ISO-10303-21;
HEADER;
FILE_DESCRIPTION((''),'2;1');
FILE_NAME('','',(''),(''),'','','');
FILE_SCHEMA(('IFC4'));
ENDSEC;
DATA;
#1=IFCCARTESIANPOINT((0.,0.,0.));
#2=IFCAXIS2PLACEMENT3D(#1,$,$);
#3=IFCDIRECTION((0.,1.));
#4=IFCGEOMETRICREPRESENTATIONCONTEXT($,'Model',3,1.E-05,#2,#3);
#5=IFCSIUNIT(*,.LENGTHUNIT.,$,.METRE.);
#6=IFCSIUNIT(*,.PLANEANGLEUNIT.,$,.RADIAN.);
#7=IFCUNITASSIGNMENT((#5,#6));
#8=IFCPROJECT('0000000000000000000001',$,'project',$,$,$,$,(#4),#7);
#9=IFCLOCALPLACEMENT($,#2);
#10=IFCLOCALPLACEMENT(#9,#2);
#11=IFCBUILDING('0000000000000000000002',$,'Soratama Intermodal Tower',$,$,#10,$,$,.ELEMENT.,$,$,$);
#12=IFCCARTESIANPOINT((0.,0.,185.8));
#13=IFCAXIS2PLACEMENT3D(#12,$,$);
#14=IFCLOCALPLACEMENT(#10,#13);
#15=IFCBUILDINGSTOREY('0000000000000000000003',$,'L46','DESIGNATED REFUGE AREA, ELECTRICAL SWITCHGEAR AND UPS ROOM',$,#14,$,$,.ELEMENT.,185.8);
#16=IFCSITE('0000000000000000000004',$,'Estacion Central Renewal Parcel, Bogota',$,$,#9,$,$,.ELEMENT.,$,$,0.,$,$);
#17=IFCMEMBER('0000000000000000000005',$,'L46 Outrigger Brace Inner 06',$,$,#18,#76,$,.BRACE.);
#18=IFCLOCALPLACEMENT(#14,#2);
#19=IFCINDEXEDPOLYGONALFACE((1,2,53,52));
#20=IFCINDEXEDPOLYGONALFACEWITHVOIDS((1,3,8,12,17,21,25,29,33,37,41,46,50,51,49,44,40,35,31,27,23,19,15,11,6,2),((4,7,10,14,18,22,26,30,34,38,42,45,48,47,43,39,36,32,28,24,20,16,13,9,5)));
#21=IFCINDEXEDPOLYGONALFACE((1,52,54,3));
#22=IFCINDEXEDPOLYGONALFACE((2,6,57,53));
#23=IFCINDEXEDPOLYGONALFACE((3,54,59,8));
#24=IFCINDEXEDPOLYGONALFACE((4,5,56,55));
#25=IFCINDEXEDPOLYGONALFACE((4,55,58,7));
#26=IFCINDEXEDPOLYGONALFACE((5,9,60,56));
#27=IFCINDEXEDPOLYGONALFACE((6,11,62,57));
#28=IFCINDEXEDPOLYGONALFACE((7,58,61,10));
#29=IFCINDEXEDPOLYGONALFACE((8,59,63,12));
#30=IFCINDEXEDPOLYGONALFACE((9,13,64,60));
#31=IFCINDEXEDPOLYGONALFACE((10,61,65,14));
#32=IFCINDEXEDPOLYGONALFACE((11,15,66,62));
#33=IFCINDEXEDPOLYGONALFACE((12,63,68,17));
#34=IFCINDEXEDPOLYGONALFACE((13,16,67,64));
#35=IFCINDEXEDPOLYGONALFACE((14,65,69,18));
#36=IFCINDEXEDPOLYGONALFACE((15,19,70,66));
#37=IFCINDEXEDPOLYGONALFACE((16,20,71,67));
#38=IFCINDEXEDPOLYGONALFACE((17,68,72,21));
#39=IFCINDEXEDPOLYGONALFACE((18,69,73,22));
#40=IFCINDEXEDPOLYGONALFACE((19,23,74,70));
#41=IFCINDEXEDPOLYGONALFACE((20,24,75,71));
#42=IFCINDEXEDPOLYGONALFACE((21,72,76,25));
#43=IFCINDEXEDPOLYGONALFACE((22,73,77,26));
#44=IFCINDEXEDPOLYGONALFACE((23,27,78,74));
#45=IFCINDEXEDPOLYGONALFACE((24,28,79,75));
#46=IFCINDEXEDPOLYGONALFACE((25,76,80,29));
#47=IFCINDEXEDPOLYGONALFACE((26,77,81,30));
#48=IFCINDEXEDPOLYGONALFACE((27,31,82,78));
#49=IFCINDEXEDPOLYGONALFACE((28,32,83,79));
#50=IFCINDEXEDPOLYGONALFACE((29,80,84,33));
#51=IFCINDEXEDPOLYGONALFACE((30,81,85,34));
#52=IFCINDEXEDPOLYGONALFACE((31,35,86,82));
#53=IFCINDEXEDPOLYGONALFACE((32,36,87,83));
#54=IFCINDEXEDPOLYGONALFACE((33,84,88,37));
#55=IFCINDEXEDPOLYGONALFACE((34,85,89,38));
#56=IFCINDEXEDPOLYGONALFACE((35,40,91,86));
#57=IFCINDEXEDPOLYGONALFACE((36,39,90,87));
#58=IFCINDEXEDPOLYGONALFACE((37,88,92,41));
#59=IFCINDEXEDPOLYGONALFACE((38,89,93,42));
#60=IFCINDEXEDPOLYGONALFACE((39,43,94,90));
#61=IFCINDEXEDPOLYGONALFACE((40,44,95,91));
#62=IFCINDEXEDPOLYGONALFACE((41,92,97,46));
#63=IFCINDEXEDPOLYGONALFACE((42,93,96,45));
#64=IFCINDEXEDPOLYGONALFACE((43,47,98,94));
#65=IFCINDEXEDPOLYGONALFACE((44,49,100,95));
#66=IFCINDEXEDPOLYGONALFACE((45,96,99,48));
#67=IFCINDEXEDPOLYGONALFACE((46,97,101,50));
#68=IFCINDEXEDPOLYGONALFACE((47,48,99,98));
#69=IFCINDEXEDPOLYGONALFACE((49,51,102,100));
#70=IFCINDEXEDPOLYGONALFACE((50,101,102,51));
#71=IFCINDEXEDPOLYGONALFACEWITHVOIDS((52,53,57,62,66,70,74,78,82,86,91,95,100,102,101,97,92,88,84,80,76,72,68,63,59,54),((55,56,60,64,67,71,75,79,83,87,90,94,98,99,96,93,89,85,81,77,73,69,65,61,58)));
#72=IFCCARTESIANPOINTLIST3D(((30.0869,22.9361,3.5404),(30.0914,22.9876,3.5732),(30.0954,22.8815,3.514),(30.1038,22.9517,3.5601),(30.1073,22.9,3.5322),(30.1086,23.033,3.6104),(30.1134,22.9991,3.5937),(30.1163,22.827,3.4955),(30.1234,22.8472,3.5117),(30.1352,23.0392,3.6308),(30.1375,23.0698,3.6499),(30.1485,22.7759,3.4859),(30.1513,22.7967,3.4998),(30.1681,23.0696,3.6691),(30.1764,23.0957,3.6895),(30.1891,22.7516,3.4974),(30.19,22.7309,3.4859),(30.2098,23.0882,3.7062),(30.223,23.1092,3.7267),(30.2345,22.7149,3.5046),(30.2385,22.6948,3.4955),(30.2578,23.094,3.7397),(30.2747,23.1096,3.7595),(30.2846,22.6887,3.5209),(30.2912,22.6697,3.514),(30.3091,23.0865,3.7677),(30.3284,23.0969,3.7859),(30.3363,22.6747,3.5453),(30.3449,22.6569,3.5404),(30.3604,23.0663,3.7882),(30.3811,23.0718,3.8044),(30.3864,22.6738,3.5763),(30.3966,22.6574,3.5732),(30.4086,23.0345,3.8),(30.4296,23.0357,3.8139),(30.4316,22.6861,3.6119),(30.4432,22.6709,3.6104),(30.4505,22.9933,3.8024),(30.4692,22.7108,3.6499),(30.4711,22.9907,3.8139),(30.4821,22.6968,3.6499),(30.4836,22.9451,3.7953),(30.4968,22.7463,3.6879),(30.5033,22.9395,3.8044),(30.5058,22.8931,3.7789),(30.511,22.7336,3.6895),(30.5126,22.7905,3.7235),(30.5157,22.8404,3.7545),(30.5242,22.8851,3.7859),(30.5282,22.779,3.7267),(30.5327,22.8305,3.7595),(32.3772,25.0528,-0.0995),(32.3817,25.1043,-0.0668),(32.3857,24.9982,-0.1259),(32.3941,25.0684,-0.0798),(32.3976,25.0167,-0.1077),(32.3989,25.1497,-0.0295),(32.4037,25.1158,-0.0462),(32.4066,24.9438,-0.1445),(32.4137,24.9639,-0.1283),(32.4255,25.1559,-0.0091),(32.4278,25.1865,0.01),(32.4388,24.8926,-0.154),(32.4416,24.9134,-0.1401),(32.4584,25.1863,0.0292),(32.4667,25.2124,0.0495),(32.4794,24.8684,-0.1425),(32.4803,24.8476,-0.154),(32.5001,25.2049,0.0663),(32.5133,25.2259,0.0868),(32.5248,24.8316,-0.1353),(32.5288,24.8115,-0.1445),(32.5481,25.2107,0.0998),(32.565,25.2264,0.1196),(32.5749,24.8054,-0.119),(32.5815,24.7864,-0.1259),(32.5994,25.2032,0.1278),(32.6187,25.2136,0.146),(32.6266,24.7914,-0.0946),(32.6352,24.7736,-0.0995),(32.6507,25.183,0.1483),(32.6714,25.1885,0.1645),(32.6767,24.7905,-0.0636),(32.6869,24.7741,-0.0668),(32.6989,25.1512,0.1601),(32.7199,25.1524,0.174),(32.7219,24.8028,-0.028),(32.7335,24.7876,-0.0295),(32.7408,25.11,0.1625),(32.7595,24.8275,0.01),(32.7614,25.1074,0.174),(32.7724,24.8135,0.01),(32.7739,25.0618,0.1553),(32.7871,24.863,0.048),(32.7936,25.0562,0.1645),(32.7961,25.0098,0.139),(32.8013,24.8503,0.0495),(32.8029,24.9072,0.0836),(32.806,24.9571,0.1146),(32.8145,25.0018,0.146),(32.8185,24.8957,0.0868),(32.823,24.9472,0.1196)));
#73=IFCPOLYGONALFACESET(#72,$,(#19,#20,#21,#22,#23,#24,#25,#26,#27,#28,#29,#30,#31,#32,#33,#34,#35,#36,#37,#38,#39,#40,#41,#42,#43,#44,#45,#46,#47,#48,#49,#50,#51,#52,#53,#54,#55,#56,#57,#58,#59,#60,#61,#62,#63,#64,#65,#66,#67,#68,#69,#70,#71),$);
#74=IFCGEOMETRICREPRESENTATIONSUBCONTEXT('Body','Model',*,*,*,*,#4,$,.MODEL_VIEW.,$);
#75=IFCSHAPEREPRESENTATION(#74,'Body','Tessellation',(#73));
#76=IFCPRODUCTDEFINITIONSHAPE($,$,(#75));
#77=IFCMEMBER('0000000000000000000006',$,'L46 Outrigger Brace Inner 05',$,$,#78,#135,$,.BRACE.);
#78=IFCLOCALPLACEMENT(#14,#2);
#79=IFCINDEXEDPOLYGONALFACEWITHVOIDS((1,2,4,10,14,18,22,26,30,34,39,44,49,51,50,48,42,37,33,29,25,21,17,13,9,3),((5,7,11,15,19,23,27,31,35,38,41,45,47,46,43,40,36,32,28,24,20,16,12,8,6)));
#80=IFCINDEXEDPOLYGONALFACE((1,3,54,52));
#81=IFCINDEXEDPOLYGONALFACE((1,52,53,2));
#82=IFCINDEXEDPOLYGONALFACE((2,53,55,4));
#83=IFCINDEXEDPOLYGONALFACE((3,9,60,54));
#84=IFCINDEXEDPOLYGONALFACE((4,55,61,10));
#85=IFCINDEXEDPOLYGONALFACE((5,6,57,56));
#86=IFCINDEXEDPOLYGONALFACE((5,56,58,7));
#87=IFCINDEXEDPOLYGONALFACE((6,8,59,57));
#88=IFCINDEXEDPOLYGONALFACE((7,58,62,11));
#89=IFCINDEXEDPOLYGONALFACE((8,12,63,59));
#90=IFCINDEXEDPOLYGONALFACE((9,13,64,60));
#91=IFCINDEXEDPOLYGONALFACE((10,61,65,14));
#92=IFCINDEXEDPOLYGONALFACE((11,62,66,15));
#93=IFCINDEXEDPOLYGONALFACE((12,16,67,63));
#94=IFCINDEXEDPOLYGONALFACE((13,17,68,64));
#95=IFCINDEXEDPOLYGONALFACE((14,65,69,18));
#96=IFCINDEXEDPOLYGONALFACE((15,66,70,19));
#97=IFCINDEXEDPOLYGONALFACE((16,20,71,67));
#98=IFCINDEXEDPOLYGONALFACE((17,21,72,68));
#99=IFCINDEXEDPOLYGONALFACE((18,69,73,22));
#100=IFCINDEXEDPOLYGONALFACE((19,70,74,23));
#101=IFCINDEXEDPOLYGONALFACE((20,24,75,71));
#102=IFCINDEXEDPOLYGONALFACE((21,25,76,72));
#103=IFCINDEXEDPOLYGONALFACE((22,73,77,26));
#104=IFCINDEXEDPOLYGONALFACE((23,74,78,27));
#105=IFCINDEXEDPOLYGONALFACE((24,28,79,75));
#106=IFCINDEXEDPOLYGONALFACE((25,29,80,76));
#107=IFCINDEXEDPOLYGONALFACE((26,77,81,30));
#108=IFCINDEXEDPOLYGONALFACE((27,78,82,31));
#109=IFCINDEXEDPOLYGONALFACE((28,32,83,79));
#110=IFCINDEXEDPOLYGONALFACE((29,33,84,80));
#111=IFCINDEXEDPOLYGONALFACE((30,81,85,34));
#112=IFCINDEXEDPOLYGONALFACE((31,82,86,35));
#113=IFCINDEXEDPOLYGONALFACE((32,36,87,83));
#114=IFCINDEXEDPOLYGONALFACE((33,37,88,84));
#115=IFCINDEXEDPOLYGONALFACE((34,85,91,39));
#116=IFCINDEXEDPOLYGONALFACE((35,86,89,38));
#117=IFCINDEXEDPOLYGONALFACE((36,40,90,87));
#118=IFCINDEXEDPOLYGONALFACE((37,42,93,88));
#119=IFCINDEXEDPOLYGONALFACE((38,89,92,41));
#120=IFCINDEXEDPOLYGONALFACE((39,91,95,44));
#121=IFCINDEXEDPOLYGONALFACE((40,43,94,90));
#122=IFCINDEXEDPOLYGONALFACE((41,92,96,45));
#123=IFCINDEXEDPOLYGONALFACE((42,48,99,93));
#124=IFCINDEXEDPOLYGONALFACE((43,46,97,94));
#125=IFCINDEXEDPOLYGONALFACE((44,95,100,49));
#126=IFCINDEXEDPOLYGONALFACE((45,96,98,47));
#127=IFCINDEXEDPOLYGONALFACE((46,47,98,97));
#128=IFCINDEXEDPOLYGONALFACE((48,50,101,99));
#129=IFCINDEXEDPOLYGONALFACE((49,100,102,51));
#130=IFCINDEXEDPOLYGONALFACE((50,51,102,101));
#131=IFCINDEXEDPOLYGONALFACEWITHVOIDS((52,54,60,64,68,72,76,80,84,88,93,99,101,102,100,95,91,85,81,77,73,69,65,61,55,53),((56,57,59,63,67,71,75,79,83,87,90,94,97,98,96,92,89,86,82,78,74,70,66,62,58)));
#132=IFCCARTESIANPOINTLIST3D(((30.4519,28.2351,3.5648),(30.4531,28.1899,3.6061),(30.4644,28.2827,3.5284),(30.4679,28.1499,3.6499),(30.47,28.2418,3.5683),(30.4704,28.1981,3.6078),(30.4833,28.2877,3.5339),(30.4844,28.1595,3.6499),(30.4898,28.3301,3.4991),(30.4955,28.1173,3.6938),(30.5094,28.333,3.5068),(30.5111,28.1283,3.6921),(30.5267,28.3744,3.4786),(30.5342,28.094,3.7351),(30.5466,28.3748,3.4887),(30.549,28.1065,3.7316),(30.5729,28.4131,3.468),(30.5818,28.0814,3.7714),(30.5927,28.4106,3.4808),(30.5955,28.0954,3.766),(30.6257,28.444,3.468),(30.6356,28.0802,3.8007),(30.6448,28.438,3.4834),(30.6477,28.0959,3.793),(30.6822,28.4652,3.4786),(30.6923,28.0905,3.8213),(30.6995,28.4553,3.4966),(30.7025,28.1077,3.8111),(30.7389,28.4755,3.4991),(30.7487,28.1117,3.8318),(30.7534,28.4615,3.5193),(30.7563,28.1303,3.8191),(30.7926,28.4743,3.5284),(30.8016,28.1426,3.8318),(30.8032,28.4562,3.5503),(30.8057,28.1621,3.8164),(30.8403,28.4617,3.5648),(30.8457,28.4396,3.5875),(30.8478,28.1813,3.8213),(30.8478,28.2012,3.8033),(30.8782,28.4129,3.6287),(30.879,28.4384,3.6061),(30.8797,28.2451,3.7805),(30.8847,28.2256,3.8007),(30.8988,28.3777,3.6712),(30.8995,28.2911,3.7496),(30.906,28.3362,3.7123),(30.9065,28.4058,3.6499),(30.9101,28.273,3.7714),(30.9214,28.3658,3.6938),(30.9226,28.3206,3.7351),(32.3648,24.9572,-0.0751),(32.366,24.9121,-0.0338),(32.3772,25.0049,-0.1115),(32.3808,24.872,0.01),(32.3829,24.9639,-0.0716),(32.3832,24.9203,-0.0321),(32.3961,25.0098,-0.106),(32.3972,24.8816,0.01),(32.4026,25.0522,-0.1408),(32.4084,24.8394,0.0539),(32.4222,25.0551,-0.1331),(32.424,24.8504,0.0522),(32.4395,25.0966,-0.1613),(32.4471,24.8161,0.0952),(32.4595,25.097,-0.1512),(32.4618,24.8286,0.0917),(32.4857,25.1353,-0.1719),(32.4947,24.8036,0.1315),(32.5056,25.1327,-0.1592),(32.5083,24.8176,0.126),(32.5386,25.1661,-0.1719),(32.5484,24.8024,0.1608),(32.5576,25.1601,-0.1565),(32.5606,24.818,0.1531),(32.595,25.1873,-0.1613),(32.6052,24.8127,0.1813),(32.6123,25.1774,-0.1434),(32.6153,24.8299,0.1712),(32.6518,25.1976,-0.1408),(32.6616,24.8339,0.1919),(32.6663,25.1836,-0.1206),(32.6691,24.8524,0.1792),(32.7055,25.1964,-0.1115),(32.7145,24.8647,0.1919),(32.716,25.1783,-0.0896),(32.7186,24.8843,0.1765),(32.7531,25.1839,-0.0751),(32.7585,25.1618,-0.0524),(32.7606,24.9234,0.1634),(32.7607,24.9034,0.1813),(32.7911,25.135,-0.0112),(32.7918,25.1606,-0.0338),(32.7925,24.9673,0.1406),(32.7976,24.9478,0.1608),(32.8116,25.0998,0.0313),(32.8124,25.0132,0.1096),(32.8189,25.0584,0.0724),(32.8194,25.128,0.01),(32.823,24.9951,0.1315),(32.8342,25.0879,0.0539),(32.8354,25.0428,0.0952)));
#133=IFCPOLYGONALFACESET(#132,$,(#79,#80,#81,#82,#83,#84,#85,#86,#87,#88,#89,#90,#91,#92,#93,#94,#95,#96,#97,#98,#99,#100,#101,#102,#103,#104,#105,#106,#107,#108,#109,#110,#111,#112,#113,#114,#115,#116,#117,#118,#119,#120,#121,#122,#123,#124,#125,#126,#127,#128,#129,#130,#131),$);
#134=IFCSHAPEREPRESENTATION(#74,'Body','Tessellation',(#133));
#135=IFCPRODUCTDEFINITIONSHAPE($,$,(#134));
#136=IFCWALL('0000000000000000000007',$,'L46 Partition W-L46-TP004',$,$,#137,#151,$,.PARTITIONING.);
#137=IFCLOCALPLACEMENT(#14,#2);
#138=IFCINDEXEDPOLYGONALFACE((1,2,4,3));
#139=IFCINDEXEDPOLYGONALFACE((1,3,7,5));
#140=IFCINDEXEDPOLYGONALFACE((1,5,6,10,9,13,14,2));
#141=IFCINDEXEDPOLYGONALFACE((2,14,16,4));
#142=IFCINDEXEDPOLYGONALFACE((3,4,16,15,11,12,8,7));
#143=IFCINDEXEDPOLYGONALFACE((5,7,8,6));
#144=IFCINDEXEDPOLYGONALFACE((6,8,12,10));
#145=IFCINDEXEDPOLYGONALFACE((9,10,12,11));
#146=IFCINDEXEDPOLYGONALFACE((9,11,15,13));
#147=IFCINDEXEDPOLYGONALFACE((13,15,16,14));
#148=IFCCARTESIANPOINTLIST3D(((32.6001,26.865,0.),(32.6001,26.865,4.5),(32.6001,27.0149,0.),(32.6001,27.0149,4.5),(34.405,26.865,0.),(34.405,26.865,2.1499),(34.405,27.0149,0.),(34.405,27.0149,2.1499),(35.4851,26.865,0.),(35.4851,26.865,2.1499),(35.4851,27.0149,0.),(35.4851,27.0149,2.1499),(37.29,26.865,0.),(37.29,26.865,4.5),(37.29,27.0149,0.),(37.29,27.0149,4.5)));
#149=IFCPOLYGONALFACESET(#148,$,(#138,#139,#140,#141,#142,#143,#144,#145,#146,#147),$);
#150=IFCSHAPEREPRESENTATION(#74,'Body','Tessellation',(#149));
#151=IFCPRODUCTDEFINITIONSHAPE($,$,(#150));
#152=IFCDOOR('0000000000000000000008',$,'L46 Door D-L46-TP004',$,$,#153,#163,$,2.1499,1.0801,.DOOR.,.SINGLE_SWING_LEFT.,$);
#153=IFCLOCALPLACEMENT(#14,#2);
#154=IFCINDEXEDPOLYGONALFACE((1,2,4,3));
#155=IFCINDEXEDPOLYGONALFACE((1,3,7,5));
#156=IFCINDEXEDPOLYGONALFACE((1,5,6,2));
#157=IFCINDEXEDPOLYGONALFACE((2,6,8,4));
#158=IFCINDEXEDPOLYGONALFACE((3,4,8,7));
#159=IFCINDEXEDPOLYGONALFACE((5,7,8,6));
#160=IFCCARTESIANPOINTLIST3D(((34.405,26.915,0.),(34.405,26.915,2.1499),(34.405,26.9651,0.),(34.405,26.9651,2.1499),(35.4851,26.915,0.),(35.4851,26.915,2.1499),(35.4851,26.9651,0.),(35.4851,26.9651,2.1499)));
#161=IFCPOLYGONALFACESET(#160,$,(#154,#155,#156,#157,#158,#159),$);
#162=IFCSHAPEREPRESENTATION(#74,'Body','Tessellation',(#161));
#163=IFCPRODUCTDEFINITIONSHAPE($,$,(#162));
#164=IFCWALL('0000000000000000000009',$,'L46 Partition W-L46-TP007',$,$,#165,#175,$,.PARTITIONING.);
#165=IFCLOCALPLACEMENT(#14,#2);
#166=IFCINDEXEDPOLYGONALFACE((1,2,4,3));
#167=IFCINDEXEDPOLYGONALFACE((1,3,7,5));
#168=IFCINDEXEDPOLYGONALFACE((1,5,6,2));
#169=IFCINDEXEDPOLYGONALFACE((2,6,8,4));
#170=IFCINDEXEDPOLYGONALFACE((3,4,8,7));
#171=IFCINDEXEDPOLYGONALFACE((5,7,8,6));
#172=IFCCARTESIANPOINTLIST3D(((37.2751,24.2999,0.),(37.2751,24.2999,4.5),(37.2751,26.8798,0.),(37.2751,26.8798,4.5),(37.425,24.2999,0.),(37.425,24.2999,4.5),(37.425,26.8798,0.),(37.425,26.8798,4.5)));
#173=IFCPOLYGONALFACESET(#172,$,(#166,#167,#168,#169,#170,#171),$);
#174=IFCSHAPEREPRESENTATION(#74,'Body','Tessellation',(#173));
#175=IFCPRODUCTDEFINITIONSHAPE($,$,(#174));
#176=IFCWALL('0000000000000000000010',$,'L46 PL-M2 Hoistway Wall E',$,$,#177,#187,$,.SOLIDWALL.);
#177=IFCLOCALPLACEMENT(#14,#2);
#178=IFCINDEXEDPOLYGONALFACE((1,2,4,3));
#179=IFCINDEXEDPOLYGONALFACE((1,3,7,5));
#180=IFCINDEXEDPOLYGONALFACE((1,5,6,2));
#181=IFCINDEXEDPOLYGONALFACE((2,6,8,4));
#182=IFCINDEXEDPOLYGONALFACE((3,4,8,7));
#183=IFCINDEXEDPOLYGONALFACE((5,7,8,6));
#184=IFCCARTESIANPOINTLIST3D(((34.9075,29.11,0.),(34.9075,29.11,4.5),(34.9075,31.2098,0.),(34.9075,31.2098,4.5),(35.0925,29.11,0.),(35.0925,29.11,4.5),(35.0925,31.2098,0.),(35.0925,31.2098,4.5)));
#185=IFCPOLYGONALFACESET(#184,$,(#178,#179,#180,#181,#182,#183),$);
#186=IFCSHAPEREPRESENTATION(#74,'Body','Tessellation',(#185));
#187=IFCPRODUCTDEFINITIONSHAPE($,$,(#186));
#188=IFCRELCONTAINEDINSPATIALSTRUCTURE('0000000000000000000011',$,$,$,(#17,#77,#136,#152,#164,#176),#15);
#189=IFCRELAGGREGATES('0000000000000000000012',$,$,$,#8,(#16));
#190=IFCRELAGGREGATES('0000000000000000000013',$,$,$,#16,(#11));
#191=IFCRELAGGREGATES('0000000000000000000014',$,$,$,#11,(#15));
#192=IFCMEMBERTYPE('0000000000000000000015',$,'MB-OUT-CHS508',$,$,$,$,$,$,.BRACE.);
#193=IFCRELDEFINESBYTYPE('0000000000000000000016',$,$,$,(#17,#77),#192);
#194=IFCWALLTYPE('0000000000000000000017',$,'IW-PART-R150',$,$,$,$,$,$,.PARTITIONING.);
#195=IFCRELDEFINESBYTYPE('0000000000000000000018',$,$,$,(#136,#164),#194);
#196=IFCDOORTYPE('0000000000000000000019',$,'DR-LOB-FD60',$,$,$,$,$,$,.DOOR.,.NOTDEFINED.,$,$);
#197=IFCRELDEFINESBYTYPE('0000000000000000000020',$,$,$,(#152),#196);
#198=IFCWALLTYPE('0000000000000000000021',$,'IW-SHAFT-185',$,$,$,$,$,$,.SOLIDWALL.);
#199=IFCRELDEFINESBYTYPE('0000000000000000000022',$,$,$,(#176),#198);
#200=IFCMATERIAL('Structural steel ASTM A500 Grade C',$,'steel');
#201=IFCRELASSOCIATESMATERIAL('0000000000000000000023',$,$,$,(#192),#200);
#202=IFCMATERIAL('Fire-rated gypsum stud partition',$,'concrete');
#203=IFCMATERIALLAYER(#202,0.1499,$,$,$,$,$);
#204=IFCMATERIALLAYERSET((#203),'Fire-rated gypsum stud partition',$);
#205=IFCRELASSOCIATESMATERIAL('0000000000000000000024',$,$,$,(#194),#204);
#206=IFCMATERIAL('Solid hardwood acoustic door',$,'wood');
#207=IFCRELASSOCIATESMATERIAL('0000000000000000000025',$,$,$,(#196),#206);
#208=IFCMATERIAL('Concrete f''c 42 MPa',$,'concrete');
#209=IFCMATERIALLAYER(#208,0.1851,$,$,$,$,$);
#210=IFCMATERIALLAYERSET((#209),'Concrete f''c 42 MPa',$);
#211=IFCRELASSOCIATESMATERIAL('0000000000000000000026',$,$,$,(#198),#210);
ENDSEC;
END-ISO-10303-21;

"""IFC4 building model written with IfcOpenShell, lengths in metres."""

from ifc_helpers import new_model, si_unit, direction, frame, frame_2d, origin, origin_2d, place, context, subcontext, project, spatial, rectangle, hollow_circle, extrude, material, layer, layer_set, material_profile, profile_set, type_object, element, fill, save


model = new_model("IFC4")

# Units and contexts
model_context = context("Model", 3, precision=1e-05, world=origin(), true_north=direction((0.0, 1.0)))
body_context = subcontext(model_context, "Body", "Model", "MODEL_VIEW")
ifc_project = project(units=[si_unit("LENGTHUNIT", "METRE"), si_unit("PLANEANGLEUNIT", "RADIAN")], contexts=[model_context])

# Site, building, storey
site_placement = place(None, origin())
site = spatial("IfcSite", under=ifc_project, at=site_placement, Name="Estacion Central Renewal Parcel, Bogota", CompositionType="ELEMENT", RefElevation=0.0)
building_placement = place(site_placement, origin())
building = spatial("IfcBuilding", under=site, at=building_placement, Name="Soratama Intermodal Tower", CompositionType="ELEMENT")
storey_placement = place(building_placement, frame((0.0, 0.0, 185.8)))
storey = spatial("IfcBuildingStorey", under=building, at=storey_placement, Name="L46", Description="DESIGNATED REFUGE AREA, ELECTRICAL SWITCHGEAR AND UPS ROOM", CompositionType="ELEMENT", Elevation=185.8)

# Members
ifc_material_1 = material(Name="Structural steel ASTM A500 Grade C", Category="steel")
ifc_material_profile_1 = material_profile(ifc_material_1, hollow_circle(Radius=0.2539, WallThickness=0.019, at=origin_2d()), Name="CHS508X19")
ifc_profile_set_1 = profile_set([ifc_material_profile_1], Name="Structural steel ASTM A500 Grade C")
member_type_1 = type_object("IfcMemberType", Name="MB-OUT-CHS508", PredefinedType="BRACE", material=ifc_profile_set_1)
member_1_placement = place(storey_placement, frame((32.6001, 25.0, 0.01), z_axis=(-0.477821, -0.441606, 0.759389), x_axis=(0.678729, -0.734389, 0.0)))
element("IfcMember", 1, at=member_1_placement, inside=storey, type_object=member_type_1, Name="L46 Outrigger Brace Inner 06", PredefinedType="BRACE", context=body_context, shape_type="SweptSolid", body=[
    extrude(hollow_circle(Radius=0.2539, WallThickness=0.019, at=origin_2d()), origin(), (0.0, 0.0, 1.0), 4.7932),
])
member_2_placement = place(storey_placement, frame((32.6001, 25.0, 0.01), z_axis=(-0.363761, 0.623338, 0.69219), x_axis=(-0.86369, -0.504023, 0.0)))
element("IfcMember", 2, at=member_2_placement, inside=storey, type_object=member_type_1, Name="L46 Outrigger Brace Inner 05", PredefinedType="BRACE", context=body_context, shape_type="SweptSolid", body=[
    extrude(hollow_circle(Radius=0.2539, WallThickness=0.019, at=origin_2d()), origin(), (0.0, 0.0, 1.0), 5.2585),
])

# Wall, opening, door
ifc_material_2 = material(Name="Fire-rated gypsum stud partition", Category="concrete")
ifc_layer_1 = layer(ifc_material_2, 0.1499)
ifc_layer_set_1 = layer_set([ifc_layer_1], Name="Fire-rated gypsum stud partition")
wall_type_1 = type_object("IfcWallType", Name="IW-PART-R150", PredefinedType="PARTITIONING", material=ifc_layer_set_1)
wall_1_placement = place(storey_placement, frame((37.29, 26.9399, 0.0), z_axis=(0.0, 0.0, 1.0), x_axis=(-1.0, 0.0, 0.0)))
wall_1 = element("IfcWall", 3, at=wall_1_placement, inside=storey, type_object=wall_type_1, Name="L46 Partition W-L46-TP004", PredefinedType="PARTITIONING", context=body_context, shape_type="SweptSolid", body=[
    extrude(rectangle(XDim=4.6899, YDim=0.1499, at=frame_2d((2.345, 0.0))), origin(), (0.0, 0.0, 1.0), 4.5),
])
opening_1_placement = place(wall_1_placement, frame((1.8049, 0.0, 0.0)))
opening_1 = element("IfcOpeningElement", 4, at=opening_1_placement, cuts=wall_1, PredefinedType="OPENING", context=body_context, shape_type="SweptSolid", body=[
    extrude(rectangle(XDim=1.0801, YDim=2.1499, at=frame_2d((0.54, 1.075))), frame((0.0, 0.085, 0.0), z_axis=(0.0, -1.0, 0.0), x_axis=(1.0, 0.0, 0.0)), (0.0, 0.0, 1.0), 0.1699),
])
ifc_material_3 = material(Name="Solid hardwood acoustic door", Category="wood")
door_type_1 = type_object("IfcDoorType", Name="DR-LOB-FD60", OperationType="NOTDEFINED", PredefinedType="DOOR", material=ifc_material_3)
door_1_placement = place(opening_1_placement, origin())
door_1 = element("IfcDoor", 5, at=door_1_placement, inside=storey, type_object=door_type_1, Name="L46 Door D-L46-TP004", OperationType="SINGLE_SWING_LEFT", OverallHeight=2.1499, OverallWidth=1.0801, PredefinedType="DOOR", context=body_context, shape_type="SweptSolid", body=[
    extrude(rectangle(XDim=1.0801, YDim=2.1499, at=frame_2d((0.54, 1.075))), frame((0.0, 0.0249, 0.0), z_axis=(0.0, -1.0, 0.0), x_axis=(1.0, 0.0, 0.0)), (0.0, 0.0, 1.0), 0.05),
])
fill(opening_1, door_1)

# Wall
wall_2_placement = place(storey_placement, frame((37.3501, 26.8799, 0.0), z_axis=(0.0, 0.0, 1.0), x_axis=(0.0, -1.0, 0.0)))
element("IfcWall", 6, at=wall_2_placement, inside=storey, type_object=wall_type_1, Name="L46 Partition W-L46-TP007", PredefinedType="PARTITIONING", context=body_context, shape_type="SweptSolid", body=[
    extrude(rectangle(XDim=2.5798, YDim=0.1499, at=frame_2d((1.29, 0.0))), origin(), (0.0, 0.0, 1.0), 4.5),
])

# Shared definitions
ifc_material_4 = material(Name="Concrete f'c 42 MPa", Category="concrete")
ifc_layer_2 = layer(ifc_material_4, 0.1851)
ifc_layer_set_2 = layer_set([ifc_layer_2], Name="Concrete f'c 42 MPa")
wall_type_2 = type_object("IfcWallType", Name="IW-SHAFT-185", PredefinedType="SOLIDWALL", material=ifc_layer_set_2)

# Wall
wall_3_placement = place(storey_placement, frame((35.0, 29.1101, 0.0), z_axis=(0.0, 0.0, 1.0), x_axis=(0.0, 1.0, 0.0)))
element("IfcWall", 7, at=wall_3_placement, inside=storey, type_object=wall_type_2, Name="L46 PL-M2 Hoistway Wall E", PredefinedType="SOLIDWALL", context=body_context, shape_type="SweptSolid", body=[
    extrude(rectangle(XDim=2.0999, YDim=0.1851, at=frame_2d((1.0498, 0.0))), origin(), (0.0, 0.0, 1.0), 4.5),
])

save(model, "model.ifc")
